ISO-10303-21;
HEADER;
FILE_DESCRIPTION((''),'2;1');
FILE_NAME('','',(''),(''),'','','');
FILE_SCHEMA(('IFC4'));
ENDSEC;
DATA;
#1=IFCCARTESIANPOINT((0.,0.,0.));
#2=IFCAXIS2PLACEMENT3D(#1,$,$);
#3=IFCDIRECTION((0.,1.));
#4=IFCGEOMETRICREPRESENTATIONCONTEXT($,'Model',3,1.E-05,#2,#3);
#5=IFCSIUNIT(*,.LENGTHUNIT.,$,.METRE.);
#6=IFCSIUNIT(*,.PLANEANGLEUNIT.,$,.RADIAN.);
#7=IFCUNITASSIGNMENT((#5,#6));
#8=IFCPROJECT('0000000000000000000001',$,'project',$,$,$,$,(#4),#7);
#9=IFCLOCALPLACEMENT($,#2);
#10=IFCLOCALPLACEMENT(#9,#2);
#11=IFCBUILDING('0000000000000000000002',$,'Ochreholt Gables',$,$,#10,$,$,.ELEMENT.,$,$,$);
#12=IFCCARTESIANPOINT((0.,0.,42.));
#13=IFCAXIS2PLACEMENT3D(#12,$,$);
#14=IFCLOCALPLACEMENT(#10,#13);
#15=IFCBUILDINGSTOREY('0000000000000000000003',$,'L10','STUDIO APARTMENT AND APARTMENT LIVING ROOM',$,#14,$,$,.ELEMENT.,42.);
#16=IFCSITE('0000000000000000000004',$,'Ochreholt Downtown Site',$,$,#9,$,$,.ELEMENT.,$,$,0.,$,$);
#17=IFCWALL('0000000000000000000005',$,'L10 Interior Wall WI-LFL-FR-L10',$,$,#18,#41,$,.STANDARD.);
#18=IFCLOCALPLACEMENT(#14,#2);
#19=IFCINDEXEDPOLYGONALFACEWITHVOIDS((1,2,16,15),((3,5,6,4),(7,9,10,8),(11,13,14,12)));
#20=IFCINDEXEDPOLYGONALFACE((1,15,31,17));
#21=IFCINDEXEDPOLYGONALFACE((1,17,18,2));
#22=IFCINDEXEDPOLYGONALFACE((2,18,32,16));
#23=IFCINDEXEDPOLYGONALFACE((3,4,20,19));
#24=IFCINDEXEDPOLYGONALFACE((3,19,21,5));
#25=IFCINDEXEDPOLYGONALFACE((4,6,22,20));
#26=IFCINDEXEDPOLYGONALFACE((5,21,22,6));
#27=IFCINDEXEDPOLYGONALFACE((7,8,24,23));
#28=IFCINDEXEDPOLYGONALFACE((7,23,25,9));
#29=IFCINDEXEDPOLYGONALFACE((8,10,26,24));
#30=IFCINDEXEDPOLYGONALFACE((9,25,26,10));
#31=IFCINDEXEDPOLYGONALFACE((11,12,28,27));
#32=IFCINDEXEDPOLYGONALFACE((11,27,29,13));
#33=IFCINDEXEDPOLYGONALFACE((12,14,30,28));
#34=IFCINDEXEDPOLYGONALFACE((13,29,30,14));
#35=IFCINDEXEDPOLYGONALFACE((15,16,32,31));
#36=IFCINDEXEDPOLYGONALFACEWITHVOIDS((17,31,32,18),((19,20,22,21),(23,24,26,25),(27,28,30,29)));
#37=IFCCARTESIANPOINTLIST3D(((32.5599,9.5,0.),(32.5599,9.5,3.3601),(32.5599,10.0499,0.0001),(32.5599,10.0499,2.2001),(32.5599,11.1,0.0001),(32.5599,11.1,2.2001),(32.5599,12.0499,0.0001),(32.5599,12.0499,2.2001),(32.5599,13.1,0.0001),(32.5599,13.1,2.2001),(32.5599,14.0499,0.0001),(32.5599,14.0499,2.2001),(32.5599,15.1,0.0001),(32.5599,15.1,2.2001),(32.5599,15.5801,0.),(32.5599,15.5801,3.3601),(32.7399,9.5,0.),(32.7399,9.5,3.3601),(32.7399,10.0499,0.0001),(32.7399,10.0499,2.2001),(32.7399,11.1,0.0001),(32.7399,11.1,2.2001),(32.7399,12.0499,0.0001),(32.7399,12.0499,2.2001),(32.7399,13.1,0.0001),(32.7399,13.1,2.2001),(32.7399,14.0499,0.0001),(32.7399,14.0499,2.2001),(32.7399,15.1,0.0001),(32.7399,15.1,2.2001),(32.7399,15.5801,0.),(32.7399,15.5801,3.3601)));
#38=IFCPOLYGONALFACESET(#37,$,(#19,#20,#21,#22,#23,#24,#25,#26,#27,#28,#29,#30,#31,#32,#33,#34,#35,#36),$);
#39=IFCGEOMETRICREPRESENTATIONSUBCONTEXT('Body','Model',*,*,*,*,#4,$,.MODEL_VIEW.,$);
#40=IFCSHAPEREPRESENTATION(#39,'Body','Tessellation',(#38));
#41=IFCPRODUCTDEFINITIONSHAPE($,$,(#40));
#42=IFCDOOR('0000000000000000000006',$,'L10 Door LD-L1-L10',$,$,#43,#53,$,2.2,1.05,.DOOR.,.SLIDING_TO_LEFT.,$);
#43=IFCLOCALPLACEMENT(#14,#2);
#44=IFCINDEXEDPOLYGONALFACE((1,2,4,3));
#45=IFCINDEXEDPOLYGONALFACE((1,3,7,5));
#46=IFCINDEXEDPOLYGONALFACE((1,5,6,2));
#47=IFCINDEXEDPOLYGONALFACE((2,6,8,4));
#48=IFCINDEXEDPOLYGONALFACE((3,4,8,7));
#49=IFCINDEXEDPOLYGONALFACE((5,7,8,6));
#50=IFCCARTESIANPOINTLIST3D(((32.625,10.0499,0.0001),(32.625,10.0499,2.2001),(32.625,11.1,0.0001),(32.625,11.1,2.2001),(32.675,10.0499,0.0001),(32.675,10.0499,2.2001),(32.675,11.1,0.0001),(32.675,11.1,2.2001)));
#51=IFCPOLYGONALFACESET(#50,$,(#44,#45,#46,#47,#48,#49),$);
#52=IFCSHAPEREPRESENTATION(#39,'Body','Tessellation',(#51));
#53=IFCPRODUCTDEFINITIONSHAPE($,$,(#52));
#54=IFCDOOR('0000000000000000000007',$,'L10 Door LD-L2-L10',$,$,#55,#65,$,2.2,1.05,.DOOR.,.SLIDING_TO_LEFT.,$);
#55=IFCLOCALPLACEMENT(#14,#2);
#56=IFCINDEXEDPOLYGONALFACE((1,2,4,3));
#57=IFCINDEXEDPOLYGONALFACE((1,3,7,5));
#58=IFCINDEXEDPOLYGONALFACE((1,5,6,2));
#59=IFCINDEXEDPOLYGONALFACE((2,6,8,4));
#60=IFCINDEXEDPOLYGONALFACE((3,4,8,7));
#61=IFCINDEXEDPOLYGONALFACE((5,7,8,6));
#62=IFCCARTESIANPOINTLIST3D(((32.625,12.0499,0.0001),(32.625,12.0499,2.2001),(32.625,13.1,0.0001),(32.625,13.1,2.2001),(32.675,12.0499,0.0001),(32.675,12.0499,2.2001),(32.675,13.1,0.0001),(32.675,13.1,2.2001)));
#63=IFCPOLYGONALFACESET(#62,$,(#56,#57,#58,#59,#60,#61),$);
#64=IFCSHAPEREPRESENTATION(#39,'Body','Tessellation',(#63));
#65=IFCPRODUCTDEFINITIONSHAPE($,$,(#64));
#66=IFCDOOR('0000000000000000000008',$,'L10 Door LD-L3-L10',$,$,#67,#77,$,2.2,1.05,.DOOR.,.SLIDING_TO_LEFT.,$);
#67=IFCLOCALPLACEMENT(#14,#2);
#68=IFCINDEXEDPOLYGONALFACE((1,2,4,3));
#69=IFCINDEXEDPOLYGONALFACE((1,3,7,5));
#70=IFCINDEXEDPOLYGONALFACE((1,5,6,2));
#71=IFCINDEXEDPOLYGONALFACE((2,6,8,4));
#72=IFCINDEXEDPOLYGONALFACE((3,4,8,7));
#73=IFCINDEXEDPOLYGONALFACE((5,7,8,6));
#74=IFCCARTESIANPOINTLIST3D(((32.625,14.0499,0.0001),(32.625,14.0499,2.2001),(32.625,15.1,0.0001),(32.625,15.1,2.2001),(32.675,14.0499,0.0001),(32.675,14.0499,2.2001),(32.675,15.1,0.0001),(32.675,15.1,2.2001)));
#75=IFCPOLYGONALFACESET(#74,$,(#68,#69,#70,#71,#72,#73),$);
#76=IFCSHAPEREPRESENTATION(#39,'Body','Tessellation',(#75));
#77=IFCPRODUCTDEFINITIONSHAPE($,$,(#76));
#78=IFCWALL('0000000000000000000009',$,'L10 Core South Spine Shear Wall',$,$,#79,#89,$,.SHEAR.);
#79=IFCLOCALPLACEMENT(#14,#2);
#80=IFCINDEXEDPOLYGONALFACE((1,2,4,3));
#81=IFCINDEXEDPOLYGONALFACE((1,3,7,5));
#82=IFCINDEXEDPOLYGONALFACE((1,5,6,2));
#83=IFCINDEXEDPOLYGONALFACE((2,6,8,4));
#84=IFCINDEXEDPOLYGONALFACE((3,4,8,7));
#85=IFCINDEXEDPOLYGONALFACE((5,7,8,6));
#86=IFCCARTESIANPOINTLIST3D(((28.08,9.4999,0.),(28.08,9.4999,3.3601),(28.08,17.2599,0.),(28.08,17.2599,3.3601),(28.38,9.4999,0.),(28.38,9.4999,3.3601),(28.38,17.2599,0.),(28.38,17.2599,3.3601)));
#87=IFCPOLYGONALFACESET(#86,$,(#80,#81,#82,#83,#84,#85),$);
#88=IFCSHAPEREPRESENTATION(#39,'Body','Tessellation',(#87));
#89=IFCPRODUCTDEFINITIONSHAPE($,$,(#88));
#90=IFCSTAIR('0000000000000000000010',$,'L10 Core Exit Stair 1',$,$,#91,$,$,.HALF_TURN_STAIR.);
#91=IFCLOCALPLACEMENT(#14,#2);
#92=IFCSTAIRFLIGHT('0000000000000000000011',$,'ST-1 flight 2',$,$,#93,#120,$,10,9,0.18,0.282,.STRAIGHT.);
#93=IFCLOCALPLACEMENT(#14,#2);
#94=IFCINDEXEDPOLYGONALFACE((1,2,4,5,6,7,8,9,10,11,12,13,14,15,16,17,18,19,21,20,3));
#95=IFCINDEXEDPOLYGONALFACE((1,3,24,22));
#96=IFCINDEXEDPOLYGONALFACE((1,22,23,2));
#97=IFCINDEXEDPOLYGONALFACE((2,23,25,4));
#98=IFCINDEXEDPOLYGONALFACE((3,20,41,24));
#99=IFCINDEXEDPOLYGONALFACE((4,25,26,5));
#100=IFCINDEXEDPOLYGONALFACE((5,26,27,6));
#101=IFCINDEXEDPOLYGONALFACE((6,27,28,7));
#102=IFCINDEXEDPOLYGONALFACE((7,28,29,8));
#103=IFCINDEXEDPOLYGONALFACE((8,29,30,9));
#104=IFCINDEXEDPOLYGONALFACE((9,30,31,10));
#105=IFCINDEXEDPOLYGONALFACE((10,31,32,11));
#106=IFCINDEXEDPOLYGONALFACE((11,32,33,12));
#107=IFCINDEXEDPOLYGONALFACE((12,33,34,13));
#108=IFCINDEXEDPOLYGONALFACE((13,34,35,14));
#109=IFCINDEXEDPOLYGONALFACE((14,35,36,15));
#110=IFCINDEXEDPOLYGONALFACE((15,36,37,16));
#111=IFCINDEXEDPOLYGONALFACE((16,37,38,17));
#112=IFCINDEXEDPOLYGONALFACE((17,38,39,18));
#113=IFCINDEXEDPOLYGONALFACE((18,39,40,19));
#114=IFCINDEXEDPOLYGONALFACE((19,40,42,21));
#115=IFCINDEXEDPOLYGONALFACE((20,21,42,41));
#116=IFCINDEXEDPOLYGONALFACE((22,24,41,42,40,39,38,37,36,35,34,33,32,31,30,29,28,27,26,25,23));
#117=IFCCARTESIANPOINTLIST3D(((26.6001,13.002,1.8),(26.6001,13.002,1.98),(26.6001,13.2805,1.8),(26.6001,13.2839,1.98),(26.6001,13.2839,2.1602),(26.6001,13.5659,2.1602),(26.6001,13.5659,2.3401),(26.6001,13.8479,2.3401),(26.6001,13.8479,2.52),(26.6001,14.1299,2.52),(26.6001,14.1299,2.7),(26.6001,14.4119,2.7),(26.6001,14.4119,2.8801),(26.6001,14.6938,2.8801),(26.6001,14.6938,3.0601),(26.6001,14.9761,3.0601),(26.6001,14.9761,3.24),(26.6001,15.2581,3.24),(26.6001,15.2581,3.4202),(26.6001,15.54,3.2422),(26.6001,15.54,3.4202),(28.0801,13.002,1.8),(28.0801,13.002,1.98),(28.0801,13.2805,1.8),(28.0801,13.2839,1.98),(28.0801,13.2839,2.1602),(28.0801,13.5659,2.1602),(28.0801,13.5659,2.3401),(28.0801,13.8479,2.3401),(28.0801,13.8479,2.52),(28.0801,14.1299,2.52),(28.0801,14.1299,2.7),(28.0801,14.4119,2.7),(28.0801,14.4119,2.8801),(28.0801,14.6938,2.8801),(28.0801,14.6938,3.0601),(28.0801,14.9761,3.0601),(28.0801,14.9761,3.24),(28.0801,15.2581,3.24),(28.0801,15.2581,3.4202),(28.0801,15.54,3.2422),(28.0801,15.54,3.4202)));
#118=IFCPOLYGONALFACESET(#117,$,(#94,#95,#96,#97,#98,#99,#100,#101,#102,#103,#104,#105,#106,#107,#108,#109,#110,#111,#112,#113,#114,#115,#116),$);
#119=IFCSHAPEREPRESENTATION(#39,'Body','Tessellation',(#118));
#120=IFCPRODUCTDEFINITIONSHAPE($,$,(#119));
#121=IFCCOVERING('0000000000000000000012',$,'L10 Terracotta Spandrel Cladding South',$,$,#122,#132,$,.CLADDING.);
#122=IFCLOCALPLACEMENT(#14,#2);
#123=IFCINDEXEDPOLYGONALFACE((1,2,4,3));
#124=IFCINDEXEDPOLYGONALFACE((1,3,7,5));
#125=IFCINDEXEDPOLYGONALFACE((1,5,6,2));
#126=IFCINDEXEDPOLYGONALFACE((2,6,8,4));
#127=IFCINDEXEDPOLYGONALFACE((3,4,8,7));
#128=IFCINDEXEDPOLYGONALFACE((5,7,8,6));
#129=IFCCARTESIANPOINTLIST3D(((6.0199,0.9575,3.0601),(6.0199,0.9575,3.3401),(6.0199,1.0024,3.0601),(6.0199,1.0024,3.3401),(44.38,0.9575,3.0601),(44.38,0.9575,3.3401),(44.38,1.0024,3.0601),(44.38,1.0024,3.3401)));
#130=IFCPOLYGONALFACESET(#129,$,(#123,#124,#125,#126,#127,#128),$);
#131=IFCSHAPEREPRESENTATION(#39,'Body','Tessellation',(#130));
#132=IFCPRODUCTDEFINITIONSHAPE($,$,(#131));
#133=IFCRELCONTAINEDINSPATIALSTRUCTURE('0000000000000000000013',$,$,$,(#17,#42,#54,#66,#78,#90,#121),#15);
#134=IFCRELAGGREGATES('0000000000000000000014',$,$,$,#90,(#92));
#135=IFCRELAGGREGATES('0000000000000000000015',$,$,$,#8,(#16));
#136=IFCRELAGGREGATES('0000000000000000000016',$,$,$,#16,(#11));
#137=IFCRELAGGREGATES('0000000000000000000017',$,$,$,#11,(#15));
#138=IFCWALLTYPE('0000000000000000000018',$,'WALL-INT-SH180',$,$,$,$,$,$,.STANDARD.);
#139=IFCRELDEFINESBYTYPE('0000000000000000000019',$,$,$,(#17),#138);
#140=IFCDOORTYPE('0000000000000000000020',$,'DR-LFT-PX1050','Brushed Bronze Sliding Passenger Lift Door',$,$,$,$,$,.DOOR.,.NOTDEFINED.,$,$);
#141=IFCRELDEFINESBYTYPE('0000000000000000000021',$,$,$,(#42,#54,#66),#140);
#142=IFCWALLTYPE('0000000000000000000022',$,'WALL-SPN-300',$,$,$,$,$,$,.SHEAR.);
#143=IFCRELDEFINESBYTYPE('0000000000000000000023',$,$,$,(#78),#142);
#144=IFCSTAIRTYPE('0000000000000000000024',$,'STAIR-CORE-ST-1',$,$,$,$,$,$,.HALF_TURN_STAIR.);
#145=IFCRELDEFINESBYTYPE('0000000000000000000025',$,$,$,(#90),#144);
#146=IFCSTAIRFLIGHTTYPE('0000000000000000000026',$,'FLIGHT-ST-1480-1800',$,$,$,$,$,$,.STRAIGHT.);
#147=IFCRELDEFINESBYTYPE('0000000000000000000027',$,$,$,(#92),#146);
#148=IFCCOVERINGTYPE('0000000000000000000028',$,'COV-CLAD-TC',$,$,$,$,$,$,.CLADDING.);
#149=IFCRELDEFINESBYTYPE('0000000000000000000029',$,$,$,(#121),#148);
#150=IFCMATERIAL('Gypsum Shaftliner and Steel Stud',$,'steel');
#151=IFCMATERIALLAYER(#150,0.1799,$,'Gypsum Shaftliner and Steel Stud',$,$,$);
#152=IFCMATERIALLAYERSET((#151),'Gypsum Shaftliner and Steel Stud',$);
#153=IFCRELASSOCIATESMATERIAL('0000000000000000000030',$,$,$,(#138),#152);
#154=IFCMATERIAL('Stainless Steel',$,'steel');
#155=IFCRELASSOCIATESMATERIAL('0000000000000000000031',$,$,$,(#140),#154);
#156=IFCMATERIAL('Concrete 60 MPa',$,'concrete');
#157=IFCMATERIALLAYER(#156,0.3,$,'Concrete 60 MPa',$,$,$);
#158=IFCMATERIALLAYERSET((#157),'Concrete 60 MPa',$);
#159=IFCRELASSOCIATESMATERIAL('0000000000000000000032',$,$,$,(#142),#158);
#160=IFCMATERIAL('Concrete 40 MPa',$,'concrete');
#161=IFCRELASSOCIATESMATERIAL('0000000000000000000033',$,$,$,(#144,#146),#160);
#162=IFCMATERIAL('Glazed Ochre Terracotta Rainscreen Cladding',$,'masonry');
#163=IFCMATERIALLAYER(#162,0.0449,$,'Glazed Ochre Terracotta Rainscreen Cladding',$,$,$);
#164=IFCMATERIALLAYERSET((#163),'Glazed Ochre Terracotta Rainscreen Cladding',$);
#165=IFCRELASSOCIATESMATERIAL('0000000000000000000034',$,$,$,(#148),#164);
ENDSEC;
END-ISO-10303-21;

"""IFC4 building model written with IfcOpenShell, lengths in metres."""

from ifc_helpers import new_model, si_unit, direction, frame, frame_2d, origin, origin_2d, place, context, subcontext, project, spatial, polyline, rectangle, outline, extrude, material, layer, layer_set, type_object, element, fill, aggregate, save


model = new_model("IFC4")

# Units and contexts
model_context = context("Model", 3, precision=1e-05, world=origin(), true_north=direction((0.0, 1.0)))
body_context = subcontext(model_context, "Body", "Model", "MODEL_VIEW")
ifc_project = project(units=[si_unit("LENGTHUNIT", "METRE"), si_unit("PLANEANGLEUNIT", "RADIAN")], contexts=[model_context])

# Site, building, storey
site_placement = place(None, origin())
site = spatial("IfcSite", under=ifc_project, at=site_placement, Name="Ochreholt Downtown Site", CompositionType="ELEMENT", RefElevation=0.0)
building_placement = place(site_placement, origin())
building = spatial("IfcBuilding", under=site, at=building_placement, Name="Ochreholt Gables", CompositionType="ELEMENT")
storey_placement = place(building_placement, frame((0.0, 0.0, 42.0)))
storey = spatial("IfcBuildingStorey", under=building, at=storey_placement, Name="L10", Description="STUDIO APARTMENT AND APARTMENT LIVING ROOM", CompositionType="ELEMENT", Elevation=42.0)

# Shared definitions
ifc_material_1 = material(Name="Concrete 60 MPa", Category="concrete")

# Shared definitions
ifc_material_2 = material(Name="Gypsum Shaftliner and Steel Stud", Category="steel")

# Wall, openings, doors
ifc_layer_1 = layer(ifc_material_2, 0.1799, Name="Gypsum Shaftliner and Steel Stud")
ifc_layer_set_1 = layer_set([ifc_layer_1], Name="Gypsum Shaftliner and Steel Stud")
wall_type_1 = type_object("IfcWallType", Name="WALL-INT-SH180", PredefinedType="STANDARD", material=ifc_layer_set_1)
wall_1_placement = place(storey_placement, frame((32.6499, 9.5, 0.0), z_axis=(0.0, 0.0, 1.0), x_axis=(0.0, 1.0, 0.0)))
wall_1 = element("IfcWall", 1, at=wall_1_placement, inside=storey, type_object=wall_type_1, Name="L10 Interior Wall WI-LFL-FR-L10", PredefinedType="STANDARD", context=body_context, shape_type="SweptSolid", body=[
    extrude(rectangle(XDim=6.0801, YDim=0.1799, at=frame_2d((3.04, 0.0))), origin(), (0.0, 0.0, 1.0), 3.3601),
])
opening_1_placement = place(wall_1_placement, frame((0.55, 0.0, 0.0)))
opening_1 = element("IfcOpeningElement", 2, at=opening_1_placement, cuts=wall_1, PredefinedType="OPENING", context=body_context, shape_type="SweptSolid", body=[
    extrude(rectangle(XDim=1.05, YDim=2.2, at=frame_2d((0.5249, 1.1001))), frame((0.0, 0.0999, 0.0), z_axis=(0.0, -1.0, 0.0), x_axis=(1.0, 0.0, 0.0)), (0.0, 0.0, 1.0), 0.2),
])
opening_2_placement = place(wall_1_placement, frame((2.55, 0.0, 0.0)))
opening_2 = element("IfcOpeningElement", 3, at=opening_2_placement, cuts=wall_1, PredefinedType="OPENING", context=body_context, shape_type="SweptSolid", body=[
    extrude(rectangle(XDim=1.05, YDim=2.2, at=frame_2d((0.5249, 1.1001))), frame((0.0, 0.0999, 0.0), z_axis=(0.0, -1.0, 0.0), x_axis=(1.0, 0.0, 0.0)), (0.0, 0.0, 1.0), 0.2),
])
opening_3_placement = place(wall_1_placement, frame((4.55, 0.0, 0.0)))
opening_3 = element("IfcOpeningElement", 4, at=opening_3_placement, cuts=wall_1, PredefinedType="OPENING", context=body_context, shape_type="SweptSolid", body=[
    extrude(rectangle(XDim=1.05, YDim=2.2, at=frame_2d((0.5249, 1.1001))), frame((0.0, 0.0999, 0.0), z_axis=(0.0, -1.0, 0.0), x_axis=(1.0, 0.0, 0.0)), (0.0, 0.0, 1.0), 0.2),
])
ifc_material_3 = material(Name="Stainless Steel", Category="steel")
door_type_1 = type_object("IfcDoorType", Name="DR-LFT-PX1050", Description="Brushed Bronze Sliding Passenger Lift Door", OperationType="NOTDEFINED", PredefinedType="DOOR", material=ifc_material_3)
door_1_placement = place(opening_1_placement, origin())
door_1 = element("IfcDoor", 5, at=door_1_placement, inside=storey, type_object=door_type_1, Name="L10 Door LD-L1-L10", OperationType="SLIDING_TO_LEFT", OverallHeight=2.2, OverallWidth=1.05, PredefinedType="DOOR", context=body_context, shape_type="SweptSolid", body=[
    extrude(rectangle(XDim=1.05, YDim=2.2, at=frame_2d((0.5249, 1.1001))), frame((0.0, 0.0249, 0.0), z_axis=(0.0, -1.0, 0.0), x_axis=(1.0, 0.0, 0.0)), (0.0, 0.0, 1.0), 0.05),
])
fill(opening_1, door_1)
door_2_placement = place(opening_2_placement, origin())
door_2 = element("IfcDoor", 6, at=door_2_placement, inside=storey, type_object=door_type_1, Name="L10 Door LD-L2-L10", OperationType="SLIDING_TO_LEFT", OverallHeight=2.2, OverallWidth=1.05, PredefinedType="DOOR", context=body_context, shape_type="SweptSolid", body=[
    extrude(rectangle(XDim=1.05, YDim=2.2, at=frame_2d((0.5249, 1.1001))), frame((0.0, 0.0249, 0.0), z_axis=(0.0, -1.0, 0.0), x_axis=(1.0, 0.0, 0.0)), (0.0, 0.0, 1.0), 0.05),
])
fill(opening_2, door_2)
door_3_placement = place(opening_3_placement, origin())
door_3 = element("IfcDoor", 7, at=door_3_placement, inside=storey, type_object=door_type_1, Name="L10 Door LD-L3-L10", OperationType="SLIDING_TO_LEFT", OverallHeight=2.2, OverallWidth=1.05, PredefinedType="DOOR", context=body_context, shape_type="SweptSolid", body=[
    extrude(rectangle(XDim=1.05, YDim=2.2, at=frame_2d((0.5249, 1.1001))), frame((0.0, 0.0249, 0.0), z_axis=(0.0, -1.0, 0.0), x_axis=(1.0, 0.0, 0.0)), (0.0, 0.0, 1.0), 0.05),
])
fill(opening_3, door_3)

# Wall
ifc_layer_2 = layer(ifc_material_1, 0.3, Name="Concrete 60 MPa")
ifc_layer_set_2 = layer_set([ifc_layer_2], Name="Concrete 60 MPa")
wall_type_2 = type_object("IfcWallType", Name="WALL-SPN-300", PredefinedType="SHEAR", material=ifc_layer_set_2)
wall_2_placement = place(storey_placement, frame((28.23, 9.5, 0.0), z_axis=(0.0, 0.0, 1.0), x_axis=(0.0, 1.0, 0.0)))
element("IfcWall", 8, at=wall_2_placement, inside=storey, type_object=wall_type_2, Name="L10 Core South Spine Shear Wall", PredefinedType="SHEAR", context=body_context, shape_type="SweptSolid", body=[
    extrude(rectangle(XDim=7.76, YDim=0.3, at=frame_2d((3.8799, 0.0))), origin(), (0.0, 0.0, 1.0), 3.3601),
])

# Stair, stair flight
ifc_material_4 = material(Name="Concrete 40 MPa", Category="concrete")
stair_type = type_object("IfcStairType", Name="STAIR-CORE-ST-1", PredefinedType="HALF_TURN_STAIR", material=ifc_material_4)
stair_placement = place(storey_placement, origin())
stair = element("IfcStair", 9, at=stair_placement, inside=storey, type_object=stair_type, Name="L10 Core Exit Stair 1", PredefinedType="HALF_TURN_STAIR")
stair_flight_type = type_object("IfcStairFlightType", Name="FLIGHT-ST-1480-1800", PredefinedType="STRAIGHT", material=ifc_material_4)
stair_flight_placement = place(storey_placement, frame((27.3401, 13.002, 1.8), z_axis=(0.0, 0.0, 1.0), x_axis=(0.0, 1.0, 0.0)))
stair_flight = element("IfcStairFlight", 10, at=stair_flight_placement, type_object=stair_flight_type, Name="ST-1 flight 2", NumberOfRisers=10, NumberOfTreads=9, PredefinedType="STRAIGHT", RiserHeight=0.18, TreadLength=0.282, context=body_context, shape_type="SweptSolid", body=[
    extrude(outline(polyline([(0.0, 0.0), (0.0, 0.1799), (0.282, 0.1799), (0.282, 0.3601), (0.564, 0.3601), (0.564, 0.54), (0.8459, 0.54), (0.8459, 0.72), (1.1279, 0.72), (1.1279, 0.8999), (1.4099, 0.8999), (1.4099, 1.0801), (1.6919, 1.0801), (1.6919, 1.26), (1.9741, 1.26), (1.9741, 1.4399), (2.2561, 1.4399), (2.2561, 1.6201), (2.5381, 1.6201), (2.5381, 1.8), (2.5381, 1.4421), (0.2786, 0.0), (0.0, 0.0)])), frame((0.0, 0.74, 0.0), z_axis=(0.0, -1.0, 0.0), x_axis=(1.0, 0.0, 0.0)), (0.0, 0.0, 1.0), 1.48),
])
aggregate(stair, [stair_flight])

# Covering
ifc_material_5 = material(Name="Glazed Ochre Terracotta Rainscreen Cladding", Category="masonry")
ifc_layer_3 = layer(ifc_material_5, 0.0449, Name="Glazed Ochre Terracotta Rainscreen Cladding")
ifc_layer_set_3 = layer_set([ifc_layer_3], Name="Glazed Ochre Terracotta Rainscreen Cladding")
covering_type = type_object("IfcCoveringType", Name="COV-CLAD-TC", PredefinedType="CLADDING", material=ifc_layer_set_3)
covering_placement = place(storey_placement, frame((25.2, 0.98, 3.0601), z_axis=(0.0, 0.0, 1.0), x_axis=(1.0, 0.0, 0.0)))
element("IfcCovering", 11, at=covering_placement, inside=storey, type_object=covering_type, Name="L10 Terracotta Spandrel Cladding South", PredefinedType="CLADDING", context=body_context, shape_type="SweptSolid", body=[
    extrude(rectangle(XDim=38.3601, YDim=0.0449, at=origin_2d()), origin(), (0.0, 0.0, 1.0), 0.28),
])

save(model, "model.ifc")
